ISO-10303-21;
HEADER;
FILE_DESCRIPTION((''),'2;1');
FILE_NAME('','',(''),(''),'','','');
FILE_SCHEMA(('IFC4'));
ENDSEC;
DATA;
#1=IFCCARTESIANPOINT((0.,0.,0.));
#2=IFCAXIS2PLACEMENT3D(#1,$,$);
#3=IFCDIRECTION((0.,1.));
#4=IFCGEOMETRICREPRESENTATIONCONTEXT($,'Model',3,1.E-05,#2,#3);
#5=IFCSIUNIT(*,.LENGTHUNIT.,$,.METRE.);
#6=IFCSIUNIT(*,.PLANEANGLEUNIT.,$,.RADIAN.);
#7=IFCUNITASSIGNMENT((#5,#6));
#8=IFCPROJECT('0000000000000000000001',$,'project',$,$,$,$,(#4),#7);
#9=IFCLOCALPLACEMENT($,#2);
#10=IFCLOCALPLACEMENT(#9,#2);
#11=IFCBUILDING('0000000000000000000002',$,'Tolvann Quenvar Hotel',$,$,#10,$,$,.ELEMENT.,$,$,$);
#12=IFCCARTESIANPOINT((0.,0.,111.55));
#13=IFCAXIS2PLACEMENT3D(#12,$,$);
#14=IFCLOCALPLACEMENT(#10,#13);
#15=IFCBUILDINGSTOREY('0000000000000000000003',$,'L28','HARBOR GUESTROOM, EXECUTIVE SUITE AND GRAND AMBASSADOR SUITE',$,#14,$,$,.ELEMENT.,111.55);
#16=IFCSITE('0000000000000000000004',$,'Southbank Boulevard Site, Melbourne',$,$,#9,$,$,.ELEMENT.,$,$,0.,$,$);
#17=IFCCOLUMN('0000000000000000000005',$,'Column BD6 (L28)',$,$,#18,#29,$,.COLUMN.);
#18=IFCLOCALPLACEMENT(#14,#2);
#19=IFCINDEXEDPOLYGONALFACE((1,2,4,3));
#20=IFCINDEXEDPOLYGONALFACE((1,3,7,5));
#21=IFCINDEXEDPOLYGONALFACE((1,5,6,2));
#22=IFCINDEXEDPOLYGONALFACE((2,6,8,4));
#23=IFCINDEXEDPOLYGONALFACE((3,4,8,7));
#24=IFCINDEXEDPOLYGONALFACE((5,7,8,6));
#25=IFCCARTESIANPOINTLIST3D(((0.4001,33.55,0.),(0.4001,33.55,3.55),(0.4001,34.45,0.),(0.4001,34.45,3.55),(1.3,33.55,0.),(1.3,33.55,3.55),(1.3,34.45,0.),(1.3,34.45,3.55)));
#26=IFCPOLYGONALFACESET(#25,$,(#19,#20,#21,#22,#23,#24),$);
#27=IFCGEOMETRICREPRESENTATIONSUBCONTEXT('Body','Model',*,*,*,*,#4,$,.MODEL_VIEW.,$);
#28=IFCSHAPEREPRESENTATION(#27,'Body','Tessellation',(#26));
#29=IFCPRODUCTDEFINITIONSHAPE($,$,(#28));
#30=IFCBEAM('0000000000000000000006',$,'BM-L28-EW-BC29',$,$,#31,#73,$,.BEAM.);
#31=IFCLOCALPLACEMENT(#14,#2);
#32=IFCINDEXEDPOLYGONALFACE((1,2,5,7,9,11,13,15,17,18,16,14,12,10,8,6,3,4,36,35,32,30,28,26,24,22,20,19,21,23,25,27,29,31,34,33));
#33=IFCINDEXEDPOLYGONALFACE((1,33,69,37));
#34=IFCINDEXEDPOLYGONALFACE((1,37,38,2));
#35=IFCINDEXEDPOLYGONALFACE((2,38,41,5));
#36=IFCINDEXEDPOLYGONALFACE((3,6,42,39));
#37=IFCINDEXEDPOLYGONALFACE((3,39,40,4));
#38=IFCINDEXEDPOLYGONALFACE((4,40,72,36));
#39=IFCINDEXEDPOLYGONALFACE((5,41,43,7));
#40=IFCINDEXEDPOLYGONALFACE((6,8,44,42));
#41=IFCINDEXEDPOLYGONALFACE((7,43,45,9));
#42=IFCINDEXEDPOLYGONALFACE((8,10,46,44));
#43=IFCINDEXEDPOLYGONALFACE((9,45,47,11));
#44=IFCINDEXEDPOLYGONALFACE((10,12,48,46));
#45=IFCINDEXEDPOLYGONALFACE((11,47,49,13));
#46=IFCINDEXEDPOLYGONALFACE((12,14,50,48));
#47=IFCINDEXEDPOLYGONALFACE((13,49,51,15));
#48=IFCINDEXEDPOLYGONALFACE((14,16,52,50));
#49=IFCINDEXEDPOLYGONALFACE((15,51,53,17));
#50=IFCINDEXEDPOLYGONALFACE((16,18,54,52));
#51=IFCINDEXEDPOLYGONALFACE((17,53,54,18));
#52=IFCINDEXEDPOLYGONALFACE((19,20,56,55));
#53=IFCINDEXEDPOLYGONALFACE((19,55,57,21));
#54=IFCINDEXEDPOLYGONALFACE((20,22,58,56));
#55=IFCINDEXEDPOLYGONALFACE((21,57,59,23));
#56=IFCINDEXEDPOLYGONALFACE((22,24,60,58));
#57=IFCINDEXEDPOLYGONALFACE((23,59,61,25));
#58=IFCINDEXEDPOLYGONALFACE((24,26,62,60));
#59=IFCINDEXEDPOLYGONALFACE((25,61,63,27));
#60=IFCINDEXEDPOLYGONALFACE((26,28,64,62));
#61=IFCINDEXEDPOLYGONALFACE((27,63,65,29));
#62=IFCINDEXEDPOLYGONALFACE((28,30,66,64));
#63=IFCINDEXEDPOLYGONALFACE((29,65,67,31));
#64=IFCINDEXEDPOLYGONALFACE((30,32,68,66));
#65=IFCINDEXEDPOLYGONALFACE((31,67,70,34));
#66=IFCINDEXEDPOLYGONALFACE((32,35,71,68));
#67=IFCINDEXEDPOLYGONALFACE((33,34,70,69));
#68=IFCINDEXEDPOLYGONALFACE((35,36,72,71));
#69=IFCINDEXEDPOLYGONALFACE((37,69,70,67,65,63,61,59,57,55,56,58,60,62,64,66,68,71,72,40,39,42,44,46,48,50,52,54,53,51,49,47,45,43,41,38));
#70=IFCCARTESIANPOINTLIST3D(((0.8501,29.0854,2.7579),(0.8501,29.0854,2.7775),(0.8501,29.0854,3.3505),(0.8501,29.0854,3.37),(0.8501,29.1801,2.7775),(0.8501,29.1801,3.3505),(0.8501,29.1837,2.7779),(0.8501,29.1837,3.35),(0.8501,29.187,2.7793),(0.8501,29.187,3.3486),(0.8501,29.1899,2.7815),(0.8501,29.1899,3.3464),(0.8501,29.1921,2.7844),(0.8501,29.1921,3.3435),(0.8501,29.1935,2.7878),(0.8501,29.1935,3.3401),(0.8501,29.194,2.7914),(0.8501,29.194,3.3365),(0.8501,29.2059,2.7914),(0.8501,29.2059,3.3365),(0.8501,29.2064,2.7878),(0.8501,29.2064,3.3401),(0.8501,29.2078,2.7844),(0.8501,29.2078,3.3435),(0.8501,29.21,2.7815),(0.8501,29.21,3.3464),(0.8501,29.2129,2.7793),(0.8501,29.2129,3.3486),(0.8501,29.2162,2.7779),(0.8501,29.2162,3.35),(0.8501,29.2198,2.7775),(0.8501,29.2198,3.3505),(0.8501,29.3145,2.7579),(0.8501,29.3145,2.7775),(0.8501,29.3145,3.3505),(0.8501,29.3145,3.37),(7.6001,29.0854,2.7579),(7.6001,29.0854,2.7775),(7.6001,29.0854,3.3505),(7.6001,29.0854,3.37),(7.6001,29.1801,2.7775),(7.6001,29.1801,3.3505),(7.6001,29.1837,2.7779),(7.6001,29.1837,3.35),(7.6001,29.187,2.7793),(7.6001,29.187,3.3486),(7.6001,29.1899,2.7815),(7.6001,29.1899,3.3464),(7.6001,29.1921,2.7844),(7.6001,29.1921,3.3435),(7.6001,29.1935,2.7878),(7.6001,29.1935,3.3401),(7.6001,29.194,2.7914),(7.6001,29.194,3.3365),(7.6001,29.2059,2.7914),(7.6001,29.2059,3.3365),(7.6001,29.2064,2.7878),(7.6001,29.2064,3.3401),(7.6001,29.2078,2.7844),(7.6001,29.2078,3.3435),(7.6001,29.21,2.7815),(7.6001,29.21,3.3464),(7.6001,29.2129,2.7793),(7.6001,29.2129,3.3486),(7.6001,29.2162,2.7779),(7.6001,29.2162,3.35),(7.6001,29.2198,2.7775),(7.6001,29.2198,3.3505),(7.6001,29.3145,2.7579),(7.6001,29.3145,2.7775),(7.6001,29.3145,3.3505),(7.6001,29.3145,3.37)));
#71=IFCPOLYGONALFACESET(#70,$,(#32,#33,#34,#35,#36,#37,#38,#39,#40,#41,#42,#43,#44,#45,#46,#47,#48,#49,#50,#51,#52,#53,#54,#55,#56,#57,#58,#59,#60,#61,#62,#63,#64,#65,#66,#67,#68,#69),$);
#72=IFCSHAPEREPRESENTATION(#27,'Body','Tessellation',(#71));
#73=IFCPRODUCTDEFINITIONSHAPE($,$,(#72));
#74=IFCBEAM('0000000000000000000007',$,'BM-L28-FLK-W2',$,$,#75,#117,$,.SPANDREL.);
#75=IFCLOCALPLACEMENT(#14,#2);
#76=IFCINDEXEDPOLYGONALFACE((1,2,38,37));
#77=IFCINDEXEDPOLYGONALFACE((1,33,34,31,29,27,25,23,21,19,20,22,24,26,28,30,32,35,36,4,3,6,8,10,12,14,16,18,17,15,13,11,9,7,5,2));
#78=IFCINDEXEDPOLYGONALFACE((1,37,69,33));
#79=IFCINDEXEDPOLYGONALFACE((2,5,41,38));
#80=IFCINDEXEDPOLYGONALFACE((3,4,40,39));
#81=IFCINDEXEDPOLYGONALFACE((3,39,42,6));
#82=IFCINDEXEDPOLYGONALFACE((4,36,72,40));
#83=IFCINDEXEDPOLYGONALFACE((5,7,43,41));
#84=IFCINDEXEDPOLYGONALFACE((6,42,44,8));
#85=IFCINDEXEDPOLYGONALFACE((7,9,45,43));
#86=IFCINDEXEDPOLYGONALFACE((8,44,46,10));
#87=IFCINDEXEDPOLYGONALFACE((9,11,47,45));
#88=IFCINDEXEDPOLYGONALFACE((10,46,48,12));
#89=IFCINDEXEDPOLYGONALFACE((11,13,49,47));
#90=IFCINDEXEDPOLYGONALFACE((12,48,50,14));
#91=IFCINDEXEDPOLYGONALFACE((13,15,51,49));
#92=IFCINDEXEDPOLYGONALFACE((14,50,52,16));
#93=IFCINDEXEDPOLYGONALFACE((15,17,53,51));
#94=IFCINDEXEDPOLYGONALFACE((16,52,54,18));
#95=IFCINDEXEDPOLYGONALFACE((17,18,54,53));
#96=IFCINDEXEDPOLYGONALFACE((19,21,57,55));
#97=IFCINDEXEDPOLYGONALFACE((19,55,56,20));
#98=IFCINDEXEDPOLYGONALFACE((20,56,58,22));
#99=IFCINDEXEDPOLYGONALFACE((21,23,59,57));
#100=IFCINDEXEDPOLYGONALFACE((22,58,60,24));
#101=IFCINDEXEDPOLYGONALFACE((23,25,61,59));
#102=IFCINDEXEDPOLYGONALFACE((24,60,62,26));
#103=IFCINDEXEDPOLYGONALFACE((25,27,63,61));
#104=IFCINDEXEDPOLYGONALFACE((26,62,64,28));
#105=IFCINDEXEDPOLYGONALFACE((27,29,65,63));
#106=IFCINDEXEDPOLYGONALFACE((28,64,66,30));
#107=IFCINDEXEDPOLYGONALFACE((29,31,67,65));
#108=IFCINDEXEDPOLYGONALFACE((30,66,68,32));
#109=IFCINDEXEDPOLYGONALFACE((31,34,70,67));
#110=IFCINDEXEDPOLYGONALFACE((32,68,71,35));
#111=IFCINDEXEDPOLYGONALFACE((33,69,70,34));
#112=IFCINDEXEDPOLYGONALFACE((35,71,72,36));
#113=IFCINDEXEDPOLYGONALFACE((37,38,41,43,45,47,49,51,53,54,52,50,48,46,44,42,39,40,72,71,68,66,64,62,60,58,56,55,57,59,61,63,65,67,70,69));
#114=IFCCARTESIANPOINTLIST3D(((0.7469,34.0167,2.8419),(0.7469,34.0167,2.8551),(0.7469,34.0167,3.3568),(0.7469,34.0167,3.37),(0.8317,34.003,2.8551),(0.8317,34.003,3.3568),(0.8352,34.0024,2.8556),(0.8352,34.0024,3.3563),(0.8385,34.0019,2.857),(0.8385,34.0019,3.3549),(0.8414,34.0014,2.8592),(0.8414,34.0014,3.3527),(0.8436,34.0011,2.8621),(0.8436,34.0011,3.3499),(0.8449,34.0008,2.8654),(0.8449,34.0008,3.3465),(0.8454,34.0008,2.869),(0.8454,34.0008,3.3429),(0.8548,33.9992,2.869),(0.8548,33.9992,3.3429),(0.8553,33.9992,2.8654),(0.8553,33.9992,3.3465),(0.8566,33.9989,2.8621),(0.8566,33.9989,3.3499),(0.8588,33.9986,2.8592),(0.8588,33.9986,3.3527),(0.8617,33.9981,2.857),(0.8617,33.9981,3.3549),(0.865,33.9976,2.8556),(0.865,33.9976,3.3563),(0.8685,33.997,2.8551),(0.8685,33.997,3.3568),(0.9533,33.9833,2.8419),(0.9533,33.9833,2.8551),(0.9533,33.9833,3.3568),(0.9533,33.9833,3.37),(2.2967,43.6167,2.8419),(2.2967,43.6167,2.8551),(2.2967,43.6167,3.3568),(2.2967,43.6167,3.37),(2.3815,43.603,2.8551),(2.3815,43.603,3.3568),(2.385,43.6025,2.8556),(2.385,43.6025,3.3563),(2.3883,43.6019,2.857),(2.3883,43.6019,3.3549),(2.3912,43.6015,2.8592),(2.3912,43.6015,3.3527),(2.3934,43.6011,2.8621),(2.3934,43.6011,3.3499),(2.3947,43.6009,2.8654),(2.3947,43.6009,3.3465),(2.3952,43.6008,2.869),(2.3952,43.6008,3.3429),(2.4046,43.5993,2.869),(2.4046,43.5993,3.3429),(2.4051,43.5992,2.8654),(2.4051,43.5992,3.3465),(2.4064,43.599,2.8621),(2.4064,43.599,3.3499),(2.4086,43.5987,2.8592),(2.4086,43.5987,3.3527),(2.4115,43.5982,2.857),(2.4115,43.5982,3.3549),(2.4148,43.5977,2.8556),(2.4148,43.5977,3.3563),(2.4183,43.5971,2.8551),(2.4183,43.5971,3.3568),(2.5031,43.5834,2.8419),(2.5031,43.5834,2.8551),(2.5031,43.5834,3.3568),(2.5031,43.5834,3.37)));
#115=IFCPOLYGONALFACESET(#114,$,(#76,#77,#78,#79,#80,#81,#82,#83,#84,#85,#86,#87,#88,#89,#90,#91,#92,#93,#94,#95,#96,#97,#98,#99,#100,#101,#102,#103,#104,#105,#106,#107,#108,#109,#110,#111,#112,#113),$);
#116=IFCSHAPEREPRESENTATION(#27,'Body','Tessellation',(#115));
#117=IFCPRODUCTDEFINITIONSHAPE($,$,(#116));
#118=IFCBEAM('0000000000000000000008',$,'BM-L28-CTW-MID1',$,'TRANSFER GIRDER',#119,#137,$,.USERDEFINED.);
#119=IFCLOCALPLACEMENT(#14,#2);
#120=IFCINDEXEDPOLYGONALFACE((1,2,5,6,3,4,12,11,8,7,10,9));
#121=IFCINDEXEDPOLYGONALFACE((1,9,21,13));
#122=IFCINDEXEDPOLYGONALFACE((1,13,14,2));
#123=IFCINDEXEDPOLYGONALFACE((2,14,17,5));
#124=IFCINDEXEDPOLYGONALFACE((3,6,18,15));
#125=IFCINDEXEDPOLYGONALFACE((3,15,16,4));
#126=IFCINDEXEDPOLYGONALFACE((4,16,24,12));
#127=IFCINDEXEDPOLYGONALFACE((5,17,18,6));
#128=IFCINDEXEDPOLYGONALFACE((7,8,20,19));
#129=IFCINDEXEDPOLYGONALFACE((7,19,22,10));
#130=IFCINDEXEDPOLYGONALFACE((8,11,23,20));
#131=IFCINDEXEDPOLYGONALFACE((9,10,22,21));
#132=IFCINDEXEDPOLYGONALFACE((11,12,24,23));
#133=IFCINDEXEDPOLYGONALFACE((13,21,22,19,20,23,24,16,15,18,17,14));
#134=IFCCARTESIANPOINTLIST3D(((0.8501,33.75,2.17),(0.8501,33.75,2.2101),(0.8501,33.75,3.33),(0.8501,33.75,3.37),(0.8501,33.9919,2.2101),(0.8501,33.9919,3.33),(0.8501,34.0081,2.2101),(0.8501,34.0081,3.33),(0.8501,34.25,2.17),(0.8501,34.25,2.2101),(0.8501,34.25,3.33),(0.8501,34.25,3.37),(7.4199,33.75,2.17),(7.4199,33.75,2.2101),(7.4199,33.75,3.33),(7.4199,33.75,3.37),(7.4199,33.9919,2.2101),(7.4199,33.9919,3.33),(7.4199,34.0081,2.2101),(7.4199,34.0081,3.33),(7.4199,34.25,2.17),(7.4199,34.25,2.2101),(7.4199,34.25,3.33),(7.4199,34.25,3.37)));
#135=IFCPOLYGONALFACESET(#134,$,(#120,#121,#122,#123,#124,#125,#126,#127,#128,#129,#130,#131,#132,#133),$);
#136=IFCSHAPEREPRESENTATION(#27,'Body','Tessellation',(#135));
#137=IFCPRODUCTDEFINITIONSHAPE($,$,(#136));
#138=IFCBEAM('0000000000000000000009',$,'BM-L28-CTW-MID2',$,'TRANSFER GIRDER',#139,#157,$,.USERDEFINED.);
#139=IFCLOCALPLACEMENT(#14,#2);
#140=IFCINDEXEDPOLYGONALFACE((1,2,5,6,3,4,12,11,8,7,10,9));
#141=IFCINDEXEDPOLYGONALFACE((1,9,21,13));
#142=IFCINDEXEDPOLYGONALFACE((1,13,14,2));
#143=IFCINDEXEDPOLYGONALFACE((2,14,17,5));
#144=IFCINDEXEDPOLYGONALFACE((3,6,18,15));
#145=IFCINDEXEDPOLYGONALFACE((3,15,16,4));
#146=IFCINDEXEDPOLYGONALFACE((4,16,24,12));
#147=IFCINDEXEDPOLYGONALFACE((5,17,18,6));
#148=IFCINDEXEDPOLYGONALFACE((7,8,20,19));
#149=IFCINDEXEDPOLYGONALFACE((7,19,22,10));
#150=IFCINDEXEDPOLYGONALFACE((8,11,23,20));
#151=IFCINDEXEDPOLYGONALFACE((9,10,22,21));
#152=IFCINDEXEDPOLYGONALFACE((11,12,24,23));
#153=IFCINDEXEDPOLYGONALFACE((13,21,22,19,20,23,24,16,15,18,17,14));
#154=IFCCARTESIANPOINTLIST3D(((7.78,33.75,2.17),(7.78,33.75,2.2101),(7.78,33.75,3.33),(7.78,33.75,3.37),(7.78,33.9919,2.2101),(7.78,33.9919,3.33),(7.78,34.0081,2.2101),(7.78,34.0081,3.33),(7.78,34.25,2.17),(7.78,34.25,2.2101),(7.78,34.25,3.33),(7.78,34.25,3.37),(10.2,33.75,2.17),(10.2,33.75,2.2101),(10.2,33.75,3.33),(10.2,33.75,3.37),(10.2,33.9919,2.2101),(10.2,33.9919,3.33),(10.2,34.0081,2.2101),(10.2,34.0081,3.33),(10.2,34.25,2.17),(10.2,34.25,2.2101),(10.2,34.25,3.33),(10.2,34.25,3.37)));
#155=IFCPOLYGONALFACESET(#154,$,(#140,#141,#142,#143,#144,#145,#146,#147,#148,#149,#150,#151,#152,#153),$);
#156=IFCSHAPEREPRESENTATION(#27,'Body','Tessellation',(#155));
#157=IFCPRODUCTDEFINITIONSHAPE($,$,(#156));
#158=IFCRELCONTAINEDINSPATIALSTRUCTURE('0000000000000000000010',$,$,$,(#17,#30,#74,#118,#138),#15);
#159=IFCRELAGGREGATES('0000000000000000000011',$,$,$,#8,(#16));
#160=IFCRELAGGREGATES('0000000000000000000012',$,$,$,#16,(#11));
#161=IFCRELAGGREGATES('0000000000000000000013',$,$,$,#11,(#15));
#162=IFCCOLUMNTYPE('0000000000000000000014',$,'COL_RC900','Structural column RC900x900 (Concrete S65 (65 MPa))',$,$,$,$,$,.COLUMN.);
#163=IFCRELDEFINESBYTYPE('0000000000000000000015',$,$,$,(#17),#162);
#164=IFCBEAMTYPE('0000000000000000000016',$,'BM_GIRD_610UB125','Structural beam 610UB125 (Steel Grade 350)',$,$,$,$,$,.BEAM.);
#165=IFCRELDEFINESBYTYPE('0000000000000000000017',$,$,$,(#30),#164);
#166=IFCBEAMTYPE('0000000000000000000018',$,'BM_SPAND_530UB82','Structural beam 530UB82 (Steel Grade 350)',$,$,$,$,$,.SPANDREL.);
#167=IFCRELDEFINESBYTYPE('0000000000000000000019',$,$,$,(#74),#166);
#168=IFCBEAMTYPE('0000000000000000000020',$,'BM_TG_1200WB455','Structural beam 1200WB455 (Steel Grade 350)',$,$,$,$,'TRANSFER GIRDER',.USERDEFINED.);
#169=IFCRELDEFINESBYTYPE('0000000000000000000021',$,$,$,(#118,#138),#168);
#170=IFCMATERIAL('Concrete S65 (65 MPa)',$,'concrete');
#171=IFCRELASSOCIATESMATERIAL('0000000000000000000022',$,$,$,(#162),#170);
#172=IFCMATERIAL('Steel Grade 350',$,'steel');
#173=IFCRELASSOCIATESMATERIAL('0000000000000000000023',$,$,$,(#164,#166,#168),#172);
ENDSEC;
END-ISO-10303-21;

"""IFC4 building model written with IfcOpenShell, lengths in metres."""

from ifc_helpers import new_model, si_unit, direction, frame, origin, origin_2d, place, context, subcontext, project, spatial, rectangle, i_section, extrude, source, transform, mapped, material, material_profile, profile_set, type_object, type_shapes, element, save


model = new_model("IFC4")

# Units and contexts
model_context = context("Model", 3, precision=1e-05, world=origin(), true_north=direction((0.0, 1.0)))
body_context = subcontext(model_context, "Body", "Model", "MODEL_VIEW")
ifc_project = project(units=[si_unit("LENGTHUNIT", "METRE"), si_unit("PLANEANGLEUNIT", "RADIAN")], contexts=[model_context])

# Site, building, storey
site_placement = place(None, origin())
site = spatial("IfcSite", under=ifc_project, at=site_placement, Name="Southbank Boulevard Site, Melbourne", CompositionType="ELEMENT", RefElevation=0.0)
building_placement = place(site_placement, origin())
building = spatial("IfcBuilding", under=site, at=building_placement, Name="Tolvann Quenvar Hotel", CompositionType="ELEMENT")
storey_placement = place(building_placement, frame((0.0, 0.0, 111.55)))
storey = spatial("IfcBuildingStorey", under=building, at=storey_placement, Name="L28", Description="HARBOR GUESTROOM, EXECUTIVE SUITE AND GRAND AMBASSADOR SUITE", CompositionType="ELEMENT", Elevation=111.55)

# Column
ifc_material_1 = material(Name="Concrete S65 (65 MPa)", Category="concrete")
ifc_material_profile_1 = material_profile(ifc_material_1, rectangle(XDim=0.8999, YDim=0.8999, at=origin_2d()), Name="RC900x900")
ifc_profile_set_1 = profile_set([ifc_material_profile_1], Name="Concrete S65 (65 MPa)")
column_type = type_object("IfcColumnType", Name="COL_RC900", Description="Structural column RC900x900 (Concrete S65 (65 MPa))", PredefinedType="COLUMN", material=ifc_profile_set_1)
shared_shape_1 = source(origin(), body_context, "Body", "SweptSolid", [
    extrude(rectangle(XDim=0.8999, YDim=0.8999, at=origin_2d()), origin(), (0.0, 0.0, 1.0), 3.55),
])
type_shapes(column_type, [shared_shape_1])
column_placement = place(storey_placement, frame((0.8501, 34.0, 0.0), z_axis=(0.0, 0.0, 1.0), x_axis=(1.0, 0.0, 0.0)))
element("IfcColumn", 1, at=column_placement, inside=storey, type_object=column_type, Name="Column BD6 (L28)", PredefinedType="COLUMN", context=body_context, shape_type="MappedRepresentation", body=[
    mapped(shared_shape_1, transform((0.0, 0.0, 0.0), x_axis=(1.0, 0.0, 0.0), y_axis=(0.0, 1.0, 0.0), z_axis=(0.0, 0.0, 1.0), scale=1.0)),
])

# Beams
ifc_material_2 = material(Name="Steel Grade 350", Category="steel")
ifc_material_profile_2 = material_profile(ifc_material_2, i_section(OverallWidth=0.229, OverallDepth=0.6121, WebThickness=0.012, FlangeThickness=0.0195, FilletRadius=0.0139, at=origin_2d()), Name="610UB125")
ifc_profile_set_2 = profile_set([ifc_material_profile_2], Name="Steel Grade 350")
beam_type_1 = type_object("IfcBeamType", Name="BM_GIRD_610UB125", Description="Structural beam 610UB125 (Steel Grade 350)", PredefinedType="BEAM", material=ifc_profile_set_2)
shared_shape_2 = source(origin(), body_context, "Body", "SweptSolid", [
    extrude(i_section(OverallWidth=0.229, OverallDepth=0.6121, WebThickness=0.012, FlangeThickness=0.0195, FilletRadius=0.0139, at=origin_2d()), origin(), (0.0, 0.0, 1.0), 6.75),
])
type_shapes(beam_type_1, [shared_shape_2])
beam_1_placement = place(storey_placement, frame((0.8501, 29.2, 3.064), z_axis=(1.0, 0.0, 0.0), x_axis=(0.0, 1.0, 0.0)))
element("IfcBeam", 2, at=beam_1_placement, inside=storey, type_object=beam_type_1, Name="BM-L28-EW-BC29", PredefinedType="BEAM", context=body_context, shape_type="MappedRepresentation", body=[
    mapped(shared_shape_2, transform((0.0, 0.0, 0.0), x_axis=(1.0, 0.0, 0.0), y_axis=(0.0, 1.0, 0.0), z_axis=(0.0, 0.0, 1.0), scale=1.0)),
])
ifc_material_profile_3 = material_profile(ifc_material_2, i_section(OverallWidth=0.209, OverallDepth=0.5281, WebThickness=0.0095, FlangeThickness=0.0132, FilletRadius=0.0139, at=origin_2d()), Name="530UB82")
ifc_profile_set_3 = profile_set([ifc_material_profile_3], Name="Steel Grade 350")
beam_type_2 = type_object("IfcBeamType", Name="BM_SPAND_530UB82", Description="Structural beam 530UB82 (Steel Grade 350)", PredefinedType="SPANDREL", material=ifc_profile_set_3)
shared_shape_3 = source(origin(), body_context, "Body", "SweptSolid", [
    extrude(i_section(OverallWidth=0.209, OverallDepth=0.5281, WebThickness=0.0095, FlangeThickness=0.0132, FilletRadius=0.0139, at=origin_2d()), origin(), (0.0, 0.0, 1.0), 9.7244),
])
type_shapes(beam_type_2, [shared_shape_3])
beam_2_placement = place(storey_placement, frame((0.8501, 34.0, 3.106), z_axis=(0.159373, 0.987218, 0.0), x_axis=(-0.987218, 0.159373, 0.0)))
element("IfcBeam", 3, at=beam_2_placement, inside=storey, type_object=beam_type_2, Name="BM-L28-FLK-W2", PredefinedType="SPANDREL", context=body_context, shape_type="MappedRepresentation", body=[
    mapped(shared_shape_3, transform((0.0, 0.0, 0.0), x_axis=(1.0, 0.0, 0.0), y_axis=(0.0, 1.0, 0.0), z_axis=(0.0, 0.0, 1.0), scale=1.0)),
])
ifc_material_profile_4 = material_profile(ifc_material_2, i_section(OverallWidth=0.5, OverallDepth=1.2, WebThickness=0.0161, FlangeThickness=0.04, at=origin_2d()), Name="1200WB455")
ifc_profile_set_4 = profile_set([ifc_material_profile_4], Name="Steel Grade 350")
beam_type_3 = type_object("IfcBeamType", Name="BM_TG_1200WB455", Description="Structural beam 1200WB455 (Steel Grade 350)", ElementType="TRANSFER GIRDER", PredefinedType="USERDEFINED", material=ifc_profile_set_4)
shared_shape_4 = source(origin(), body_context, "Body", "SweptSolid", [
    extrude(i_section(OverallWidth=0.5, OverallDepth=1.2, WebThickness=0.0161, FlangeThickness=0.04, at=origin_2d()), origin(), (0.0, 0.0, 1.0), 6.5698),
])
beam_3_placement = place(storey_placement, frame((0.8501, 34.0, 2.77), z_axis=(1.0, 0.0, 0.0), x_axis=(0.0, 1.0, 0.0)))
element("IfcBeam", 4, at=beam_3_placement, inside=storey, type_object=beam_type_3, Name="BM-L28-CTW-MID1", ObjectType="TRANSFER GIRDER", PredefinedType="USERDEFINED", context=body_context, shape_type="MappedRepresentation", body=[
    mapped(shared_shape_4, transform((0.0, 0.0, 0.0), x_axis=(1.0, 0.0, 0.0), y_axis=(0.0, 1.0, 0.0), z_axis=(0.0, 0.0, 1.0), scale=1.0)),
])
shared_shape_5 = source(origin(), body_context, "Body", "SweptSolid", [
    extrude(i_section(OverallWidth=0.5, OverallDepth=1.2, WebThickness=0.0161, FlangeThickness=0.04, at=origin_2d()), origin(), (0.0, 0.0, 1.0), 2.4199),
])
type_shapes(beam_type_3, [shared_shape_4, shared_shape_5])
beam_4_placement = place(storey_placement, frame((7.78, 34.0, 2.77), z_axis=(1.0, 0.0, 0.0), x_axis=(0.0, 1.0, 0.0)))
element("IfcBeam", 5, at=beam_4_placement, inside=storey, type_object=beam_type_3, Name="BM-L28-CTW-MID2", ObjectType="TRANSFER GIRDER", PredefinedType="USERDEFINED", context=body_context, shape_type="MappedRepresentation", body=[
    mapped(shared_shape_5, transform((0.0, 0.0, 0.0), x_axis=(1.0, 0.0, 0.0), y_axis=(0.0, 1.0, 0.0), z_axis=(0.0, 0.0, 1.0), scale=1.0)),
])

save(model, "model.ifc")
